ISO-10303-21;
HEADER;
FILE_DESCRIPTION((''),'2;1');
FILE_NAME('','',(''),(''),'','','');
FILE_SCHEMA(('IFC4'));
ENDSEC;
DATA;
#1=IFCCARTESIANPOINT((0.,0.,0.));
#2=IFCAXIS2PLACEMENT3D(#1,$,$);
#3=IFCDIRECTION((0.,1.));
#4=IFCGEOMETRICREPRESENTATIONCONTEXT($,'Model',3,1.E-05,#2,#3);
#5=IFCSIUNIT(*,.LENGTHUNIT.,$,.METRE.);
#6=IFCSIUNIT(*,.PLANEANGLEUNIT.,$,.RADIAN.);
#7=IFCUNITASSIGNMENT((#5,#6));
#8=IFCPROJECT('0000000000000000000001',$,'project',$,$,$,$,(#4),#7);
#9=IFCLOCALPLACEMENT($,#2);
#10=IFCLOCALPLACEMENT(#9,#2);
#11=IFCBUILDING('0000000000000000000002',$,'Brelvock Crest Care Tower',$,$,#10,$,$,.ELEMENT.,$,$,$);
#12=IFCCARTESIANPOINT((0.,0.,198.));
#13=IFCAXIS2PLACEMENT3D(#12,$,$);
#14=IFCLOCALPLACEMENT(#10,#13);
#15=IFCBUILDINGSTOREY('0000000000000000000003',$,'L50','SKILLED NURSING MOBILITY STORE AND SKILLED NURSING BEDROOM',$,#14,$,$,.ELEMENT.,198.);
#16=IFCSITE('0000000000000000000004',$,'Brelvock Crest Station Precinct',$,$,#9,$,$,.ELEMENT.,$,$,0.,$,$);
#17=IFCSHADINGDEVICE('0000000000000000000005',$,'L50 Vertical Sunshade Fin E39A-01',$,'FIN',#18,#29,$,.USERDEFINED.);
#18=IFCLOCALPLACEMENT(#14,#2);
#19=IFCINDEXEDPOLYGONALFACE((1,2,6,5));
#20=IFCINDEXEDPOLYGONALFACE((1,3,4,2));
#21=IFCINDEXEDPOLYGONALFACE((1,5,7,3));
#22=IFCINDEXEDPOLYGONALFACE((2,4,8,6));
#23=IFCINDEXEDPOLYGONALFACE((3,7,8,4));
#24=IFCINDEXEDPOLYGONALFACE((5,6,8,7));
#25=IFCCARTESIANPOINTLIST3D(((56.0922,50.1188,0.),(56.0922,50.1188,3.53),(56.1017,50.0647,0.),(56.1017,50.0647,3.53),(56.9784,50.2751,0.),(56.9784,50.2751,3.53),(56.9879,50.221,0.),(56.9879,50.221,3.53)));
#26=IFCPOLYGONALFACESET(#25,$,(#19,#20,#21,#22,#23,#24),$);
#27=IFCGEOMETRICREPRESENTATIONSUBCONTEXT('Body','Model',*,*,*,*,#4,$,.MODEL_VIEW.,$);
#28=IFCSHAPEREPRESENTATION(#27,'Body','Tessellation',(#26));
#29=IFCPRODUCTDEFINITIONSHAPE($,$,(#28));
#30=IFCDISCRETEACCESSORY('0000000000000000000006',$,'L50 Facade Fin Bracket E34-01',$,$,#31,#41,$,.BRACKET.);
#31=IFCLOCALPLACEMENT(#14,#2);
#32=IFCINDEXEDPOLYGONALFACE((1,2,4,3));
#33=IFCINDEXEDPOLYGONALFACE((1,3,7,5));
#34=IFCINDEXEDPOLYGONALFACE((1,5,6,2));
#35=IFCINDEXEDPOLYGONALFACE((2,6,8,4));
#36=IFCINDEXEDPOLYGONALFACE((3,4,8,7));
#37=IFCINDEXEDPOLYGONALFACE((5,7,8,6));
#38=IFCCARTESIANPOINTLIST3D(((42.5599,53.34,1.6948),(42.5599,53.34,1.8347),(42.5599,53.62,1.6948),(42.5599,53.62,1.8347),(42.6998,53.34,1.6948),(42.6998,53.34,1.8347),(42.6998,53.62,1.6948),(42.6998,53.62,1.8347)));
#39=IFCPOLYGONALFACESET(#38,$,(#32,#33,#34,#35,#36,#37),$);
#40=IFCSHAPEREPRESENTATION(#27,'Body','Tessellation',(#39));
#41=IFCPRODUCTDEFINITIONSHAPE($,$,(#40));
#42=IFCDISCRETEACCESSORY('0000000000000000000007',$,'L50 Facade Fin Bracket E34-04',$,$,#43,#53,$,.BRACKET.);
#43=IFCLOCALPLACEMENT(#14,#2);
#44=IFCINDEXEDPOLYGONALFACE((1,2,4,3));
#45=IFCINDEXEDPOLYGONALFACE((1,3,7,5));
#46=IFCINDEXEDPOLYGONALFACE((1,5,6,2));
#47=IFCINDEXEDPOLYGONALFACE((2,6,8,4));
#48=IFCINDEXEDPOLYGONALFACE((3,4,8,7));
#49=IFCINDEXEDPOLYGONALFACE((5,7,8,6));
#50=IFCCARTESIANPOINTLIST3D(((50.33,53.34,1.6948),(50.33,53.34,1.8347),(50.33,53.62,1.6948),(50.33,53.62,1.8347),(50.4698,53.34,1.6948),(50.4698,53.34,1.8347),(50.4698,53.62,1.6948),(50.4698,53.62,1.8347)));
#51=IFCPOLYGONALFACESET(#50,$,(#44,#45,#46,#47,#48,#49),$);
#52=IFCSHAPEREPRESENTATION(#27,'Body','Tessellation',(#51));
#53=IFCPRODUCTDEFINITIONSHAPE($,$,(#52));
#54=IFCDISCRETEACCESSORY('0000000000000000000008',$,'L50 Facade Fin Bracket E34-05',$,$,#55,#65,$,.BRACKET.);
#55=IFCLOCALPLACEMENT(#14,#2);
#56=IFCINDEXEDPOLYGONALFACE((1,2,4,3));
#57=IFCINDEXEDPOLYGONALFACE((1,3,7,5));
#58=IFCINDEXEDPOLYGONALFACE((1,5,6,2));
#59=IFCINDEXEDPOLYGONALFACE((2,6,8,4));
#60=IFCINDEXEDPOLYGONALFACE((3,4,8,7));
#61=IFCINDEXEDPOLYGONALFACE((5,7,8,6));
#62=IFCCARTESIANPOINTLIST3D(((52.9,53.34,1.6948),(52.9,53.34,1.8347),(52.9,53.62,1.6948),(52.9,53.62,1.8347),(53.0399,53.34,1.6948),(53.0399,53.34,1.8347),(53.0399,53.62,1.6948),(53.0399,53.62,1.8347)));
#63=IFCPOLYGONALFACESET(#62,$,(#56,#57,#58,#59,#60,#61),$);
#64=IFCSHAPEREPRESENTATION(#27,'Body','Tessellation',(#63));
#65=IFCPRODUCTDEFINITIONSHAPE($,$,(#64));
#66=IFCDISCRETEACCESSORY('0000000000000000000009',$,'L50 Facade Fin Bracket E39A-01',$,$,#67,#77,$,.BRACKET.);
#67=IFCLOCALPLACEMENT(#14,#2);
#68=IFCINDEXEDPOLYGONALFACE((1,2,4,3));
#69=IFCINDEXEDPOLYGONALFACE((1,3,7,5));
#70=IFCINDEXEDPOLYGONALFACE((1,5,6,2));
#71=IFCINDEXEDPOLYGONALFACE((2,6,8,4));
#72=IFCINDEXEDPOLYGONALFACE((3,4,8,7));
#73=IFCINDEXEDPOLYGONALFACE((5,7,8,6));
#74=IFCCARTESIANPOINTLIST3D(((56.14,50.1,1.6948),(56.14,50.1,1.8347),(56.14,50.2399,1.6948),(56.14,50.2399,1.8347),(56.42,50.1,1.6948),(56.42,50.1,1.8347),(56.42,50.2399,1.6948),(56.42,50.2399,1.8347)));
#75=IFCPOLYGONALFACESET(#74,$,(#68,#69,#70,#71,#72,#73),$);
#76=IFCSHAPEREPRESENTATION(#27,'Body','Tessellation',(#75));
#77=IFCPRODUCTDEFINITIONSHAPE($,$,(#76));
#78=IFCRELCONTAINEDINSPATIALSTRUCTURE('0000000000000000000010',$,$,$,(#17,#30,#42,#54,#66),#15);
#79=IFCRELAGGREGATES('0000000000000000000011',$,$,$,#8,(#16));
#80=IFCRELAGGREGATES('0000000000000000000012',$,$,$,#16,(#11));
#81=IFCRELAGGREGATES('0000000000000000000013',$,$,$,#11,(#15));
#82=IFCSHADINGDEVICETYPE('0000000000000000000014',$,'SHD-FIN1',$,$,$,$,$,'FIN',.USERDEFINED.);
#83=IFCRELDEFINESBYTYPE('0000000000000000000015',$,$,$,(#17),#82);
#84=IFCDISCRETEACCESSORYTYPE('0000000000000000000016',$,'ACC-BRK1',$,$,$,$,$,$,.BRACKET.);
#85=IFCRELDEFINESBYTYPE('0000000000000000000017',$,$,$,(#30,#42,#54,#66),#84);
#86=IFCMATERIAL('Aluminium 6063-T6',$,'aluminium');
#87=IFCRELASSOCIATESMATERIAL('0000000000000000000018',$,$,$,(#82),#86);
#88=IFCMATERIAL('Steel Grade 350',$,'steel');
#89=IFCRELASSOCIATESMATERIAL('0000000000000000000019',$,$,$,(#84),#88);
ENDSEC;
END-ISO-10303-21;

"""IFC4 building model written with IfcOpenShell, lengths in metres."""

from ifc_helpers import new_model, si_unit, direction, frame, origin, origin_2d, place, context, subcontext, project, spatial, rectangle, extrude, source, transform, mapped, material, material_profile, profile_set, type_object, element, save


model = new_model("IFC4")

# Units and contexts
model_context = context("Model", 3, precision=1e-05, world=origin(), true_north=direction((0.0, 1.0)))
body_context = subcontext(model_context, "Body", "Model", "MODEL_VIEW")
ifc_project = project(units=[si_unit("LENGTHUNIT", "METRE"), si_unit("PLANEANGLEUNIT", "RADIAN")], contexts=[model_context])

# Site, building, storey
site_placement = place(None, origin())
site = spatial("IfcSite", under=ifc_project, at=site_placement, Name="Brelvock Crest Station Precinct", CompositionType="ELEMENT", RefElevation=0.0)
building_placement = place(site_placement, origin())
building = spatial("IfcBuilding", under=site, at=building_placement, Name="Brelvock Crest Care Tower", CompositionType="ELEMENT")
storey_placement = place(building_placement, frame((0.0, 0.0, 198.0)))
storey = spatial("IfcBuildingStorey", under=building, at=storey_placement, Name="L50", Description="SKILLED NURSING MOBILITY STORE AND SKILLED NURSING BEDROOM", CompositionType="ELEMENT", Elevation=198.0)

# Shared definitions
ifc_material_1 = material(Name="Aluminium 6063-T6", Category="aluminium")

# Shading device
ifc_material_profile_1 = material_profile(ifc_material_1, rectangle(XDim=0.0549, YDim=0.8999, at=origin_2d()), Name="FIN55x900")
ifc_profile_set_1 = profile_set([ifc_material_profile_1], Name="Aluminium 6063-T6")
shading_device_type = type_object("IfcShadingDeviceType", Name="SHD-FIN1", ElementType="FIN", PredefinedType="USERDEFINED", material=ifc_profile_set_1)
shared_shape_1 = source(origin(), body_context, "Body", "SweptSolid", [
    extrude(rectangle(XDim=0.0549, YDim=0.8999, at=origin_2d()), origin(), (0.0, 0.0, 1.0), 3.53),
])
for number, where, z_axis, x_axis, name in (
    (1, (56.54, 50.1699, 0.0), (0.0, 0.0, 1.0), (0.173648, -0.984808, 0.0), "L50 Vertical Sunshade Fin E39A-01"),
):
    element("IfcShadingDevice", number, at=place(storey_placement, frame(where, z_axis=z_axis, x_axis=x_axis)), inside=storey, type_object=shading_device_type, Name=name, ObjectType="FIN", PredefinedType="USERDEFINED", context=body_context, shape_type="MappedRepresentation", body=[
        mapped(shared_shape_1, transform((0.0, 0.0, 0.0), x_axis=(1.0, 0.0, 0.0), y_axis=(0.0, 1.0, 0.0), z_axis=(0.0, 0.0, 1.0), scale=1.0)),
    ])

# Discrete accessories
ifc_material_2 = material(Name="Steel Grade 350", Category="steel")
discrete_accessory_type = type_object("IfcDiscreteAccessoryType", Name="ACC-BRK1", PredefinedType="BRACKET", material=ifc_material_2)
shared_shape_2 = source(origin(), body_context, "Body", "SweptSolid", [
    extrude(rectangle(XDim=0.28, YDim=0.1399, at=origin_2d()), origin(), (0.0, 0.0, 1.0), 0.1399),
])
for number, where, z_axis, x_axis, name in (
    (2, (42.6299, 53.48, 1.6948), (0.0, 0.0, 1.0), (0.0, 1.0, 0.0), "L50 Facade Fin Bracket E34-01"),
    (3, (50.3999, 53.48, 1.6948), (0.0, 0.0, 1.0), (0.0, 1.0, 0.0), "L50 Facade Fin Bracket E34-04"),
    (4, (52.97, 53.48, 1.6948), (0.0, 0.0, 1.0), (0.0, 1.0, 0.0), "L50 Facade Fin Bracket E34-05"),
    (5, (56.28, 50.1699, 1.6948), (0.0, 0.0, 1.0), (1.0, 0.0, 0.0), "L50 Facade Fin Bracket E39A-01"),
):
    element("IfcDiscreteAccessory", number, at=place(storey_placement, frame(where, z_axis=z_axis, x_axis=x_axis)), inside=storey, type_object=discrete_accessory_type, Name=name, PredefinedType="BRACKET", context=body_context, shape_type="MappedRepresentation", body=[
        mapped(shared_shape_2, transform((0.0, 0.0, 0.0), x_axis=(1.0, 0.0, 0.0), y_axis=(0.0, 1.0, 0.0), z_axis=(0.0, 0.0, 1.0), scale=1.0)),
    ])

save(model, "model.ifc")
